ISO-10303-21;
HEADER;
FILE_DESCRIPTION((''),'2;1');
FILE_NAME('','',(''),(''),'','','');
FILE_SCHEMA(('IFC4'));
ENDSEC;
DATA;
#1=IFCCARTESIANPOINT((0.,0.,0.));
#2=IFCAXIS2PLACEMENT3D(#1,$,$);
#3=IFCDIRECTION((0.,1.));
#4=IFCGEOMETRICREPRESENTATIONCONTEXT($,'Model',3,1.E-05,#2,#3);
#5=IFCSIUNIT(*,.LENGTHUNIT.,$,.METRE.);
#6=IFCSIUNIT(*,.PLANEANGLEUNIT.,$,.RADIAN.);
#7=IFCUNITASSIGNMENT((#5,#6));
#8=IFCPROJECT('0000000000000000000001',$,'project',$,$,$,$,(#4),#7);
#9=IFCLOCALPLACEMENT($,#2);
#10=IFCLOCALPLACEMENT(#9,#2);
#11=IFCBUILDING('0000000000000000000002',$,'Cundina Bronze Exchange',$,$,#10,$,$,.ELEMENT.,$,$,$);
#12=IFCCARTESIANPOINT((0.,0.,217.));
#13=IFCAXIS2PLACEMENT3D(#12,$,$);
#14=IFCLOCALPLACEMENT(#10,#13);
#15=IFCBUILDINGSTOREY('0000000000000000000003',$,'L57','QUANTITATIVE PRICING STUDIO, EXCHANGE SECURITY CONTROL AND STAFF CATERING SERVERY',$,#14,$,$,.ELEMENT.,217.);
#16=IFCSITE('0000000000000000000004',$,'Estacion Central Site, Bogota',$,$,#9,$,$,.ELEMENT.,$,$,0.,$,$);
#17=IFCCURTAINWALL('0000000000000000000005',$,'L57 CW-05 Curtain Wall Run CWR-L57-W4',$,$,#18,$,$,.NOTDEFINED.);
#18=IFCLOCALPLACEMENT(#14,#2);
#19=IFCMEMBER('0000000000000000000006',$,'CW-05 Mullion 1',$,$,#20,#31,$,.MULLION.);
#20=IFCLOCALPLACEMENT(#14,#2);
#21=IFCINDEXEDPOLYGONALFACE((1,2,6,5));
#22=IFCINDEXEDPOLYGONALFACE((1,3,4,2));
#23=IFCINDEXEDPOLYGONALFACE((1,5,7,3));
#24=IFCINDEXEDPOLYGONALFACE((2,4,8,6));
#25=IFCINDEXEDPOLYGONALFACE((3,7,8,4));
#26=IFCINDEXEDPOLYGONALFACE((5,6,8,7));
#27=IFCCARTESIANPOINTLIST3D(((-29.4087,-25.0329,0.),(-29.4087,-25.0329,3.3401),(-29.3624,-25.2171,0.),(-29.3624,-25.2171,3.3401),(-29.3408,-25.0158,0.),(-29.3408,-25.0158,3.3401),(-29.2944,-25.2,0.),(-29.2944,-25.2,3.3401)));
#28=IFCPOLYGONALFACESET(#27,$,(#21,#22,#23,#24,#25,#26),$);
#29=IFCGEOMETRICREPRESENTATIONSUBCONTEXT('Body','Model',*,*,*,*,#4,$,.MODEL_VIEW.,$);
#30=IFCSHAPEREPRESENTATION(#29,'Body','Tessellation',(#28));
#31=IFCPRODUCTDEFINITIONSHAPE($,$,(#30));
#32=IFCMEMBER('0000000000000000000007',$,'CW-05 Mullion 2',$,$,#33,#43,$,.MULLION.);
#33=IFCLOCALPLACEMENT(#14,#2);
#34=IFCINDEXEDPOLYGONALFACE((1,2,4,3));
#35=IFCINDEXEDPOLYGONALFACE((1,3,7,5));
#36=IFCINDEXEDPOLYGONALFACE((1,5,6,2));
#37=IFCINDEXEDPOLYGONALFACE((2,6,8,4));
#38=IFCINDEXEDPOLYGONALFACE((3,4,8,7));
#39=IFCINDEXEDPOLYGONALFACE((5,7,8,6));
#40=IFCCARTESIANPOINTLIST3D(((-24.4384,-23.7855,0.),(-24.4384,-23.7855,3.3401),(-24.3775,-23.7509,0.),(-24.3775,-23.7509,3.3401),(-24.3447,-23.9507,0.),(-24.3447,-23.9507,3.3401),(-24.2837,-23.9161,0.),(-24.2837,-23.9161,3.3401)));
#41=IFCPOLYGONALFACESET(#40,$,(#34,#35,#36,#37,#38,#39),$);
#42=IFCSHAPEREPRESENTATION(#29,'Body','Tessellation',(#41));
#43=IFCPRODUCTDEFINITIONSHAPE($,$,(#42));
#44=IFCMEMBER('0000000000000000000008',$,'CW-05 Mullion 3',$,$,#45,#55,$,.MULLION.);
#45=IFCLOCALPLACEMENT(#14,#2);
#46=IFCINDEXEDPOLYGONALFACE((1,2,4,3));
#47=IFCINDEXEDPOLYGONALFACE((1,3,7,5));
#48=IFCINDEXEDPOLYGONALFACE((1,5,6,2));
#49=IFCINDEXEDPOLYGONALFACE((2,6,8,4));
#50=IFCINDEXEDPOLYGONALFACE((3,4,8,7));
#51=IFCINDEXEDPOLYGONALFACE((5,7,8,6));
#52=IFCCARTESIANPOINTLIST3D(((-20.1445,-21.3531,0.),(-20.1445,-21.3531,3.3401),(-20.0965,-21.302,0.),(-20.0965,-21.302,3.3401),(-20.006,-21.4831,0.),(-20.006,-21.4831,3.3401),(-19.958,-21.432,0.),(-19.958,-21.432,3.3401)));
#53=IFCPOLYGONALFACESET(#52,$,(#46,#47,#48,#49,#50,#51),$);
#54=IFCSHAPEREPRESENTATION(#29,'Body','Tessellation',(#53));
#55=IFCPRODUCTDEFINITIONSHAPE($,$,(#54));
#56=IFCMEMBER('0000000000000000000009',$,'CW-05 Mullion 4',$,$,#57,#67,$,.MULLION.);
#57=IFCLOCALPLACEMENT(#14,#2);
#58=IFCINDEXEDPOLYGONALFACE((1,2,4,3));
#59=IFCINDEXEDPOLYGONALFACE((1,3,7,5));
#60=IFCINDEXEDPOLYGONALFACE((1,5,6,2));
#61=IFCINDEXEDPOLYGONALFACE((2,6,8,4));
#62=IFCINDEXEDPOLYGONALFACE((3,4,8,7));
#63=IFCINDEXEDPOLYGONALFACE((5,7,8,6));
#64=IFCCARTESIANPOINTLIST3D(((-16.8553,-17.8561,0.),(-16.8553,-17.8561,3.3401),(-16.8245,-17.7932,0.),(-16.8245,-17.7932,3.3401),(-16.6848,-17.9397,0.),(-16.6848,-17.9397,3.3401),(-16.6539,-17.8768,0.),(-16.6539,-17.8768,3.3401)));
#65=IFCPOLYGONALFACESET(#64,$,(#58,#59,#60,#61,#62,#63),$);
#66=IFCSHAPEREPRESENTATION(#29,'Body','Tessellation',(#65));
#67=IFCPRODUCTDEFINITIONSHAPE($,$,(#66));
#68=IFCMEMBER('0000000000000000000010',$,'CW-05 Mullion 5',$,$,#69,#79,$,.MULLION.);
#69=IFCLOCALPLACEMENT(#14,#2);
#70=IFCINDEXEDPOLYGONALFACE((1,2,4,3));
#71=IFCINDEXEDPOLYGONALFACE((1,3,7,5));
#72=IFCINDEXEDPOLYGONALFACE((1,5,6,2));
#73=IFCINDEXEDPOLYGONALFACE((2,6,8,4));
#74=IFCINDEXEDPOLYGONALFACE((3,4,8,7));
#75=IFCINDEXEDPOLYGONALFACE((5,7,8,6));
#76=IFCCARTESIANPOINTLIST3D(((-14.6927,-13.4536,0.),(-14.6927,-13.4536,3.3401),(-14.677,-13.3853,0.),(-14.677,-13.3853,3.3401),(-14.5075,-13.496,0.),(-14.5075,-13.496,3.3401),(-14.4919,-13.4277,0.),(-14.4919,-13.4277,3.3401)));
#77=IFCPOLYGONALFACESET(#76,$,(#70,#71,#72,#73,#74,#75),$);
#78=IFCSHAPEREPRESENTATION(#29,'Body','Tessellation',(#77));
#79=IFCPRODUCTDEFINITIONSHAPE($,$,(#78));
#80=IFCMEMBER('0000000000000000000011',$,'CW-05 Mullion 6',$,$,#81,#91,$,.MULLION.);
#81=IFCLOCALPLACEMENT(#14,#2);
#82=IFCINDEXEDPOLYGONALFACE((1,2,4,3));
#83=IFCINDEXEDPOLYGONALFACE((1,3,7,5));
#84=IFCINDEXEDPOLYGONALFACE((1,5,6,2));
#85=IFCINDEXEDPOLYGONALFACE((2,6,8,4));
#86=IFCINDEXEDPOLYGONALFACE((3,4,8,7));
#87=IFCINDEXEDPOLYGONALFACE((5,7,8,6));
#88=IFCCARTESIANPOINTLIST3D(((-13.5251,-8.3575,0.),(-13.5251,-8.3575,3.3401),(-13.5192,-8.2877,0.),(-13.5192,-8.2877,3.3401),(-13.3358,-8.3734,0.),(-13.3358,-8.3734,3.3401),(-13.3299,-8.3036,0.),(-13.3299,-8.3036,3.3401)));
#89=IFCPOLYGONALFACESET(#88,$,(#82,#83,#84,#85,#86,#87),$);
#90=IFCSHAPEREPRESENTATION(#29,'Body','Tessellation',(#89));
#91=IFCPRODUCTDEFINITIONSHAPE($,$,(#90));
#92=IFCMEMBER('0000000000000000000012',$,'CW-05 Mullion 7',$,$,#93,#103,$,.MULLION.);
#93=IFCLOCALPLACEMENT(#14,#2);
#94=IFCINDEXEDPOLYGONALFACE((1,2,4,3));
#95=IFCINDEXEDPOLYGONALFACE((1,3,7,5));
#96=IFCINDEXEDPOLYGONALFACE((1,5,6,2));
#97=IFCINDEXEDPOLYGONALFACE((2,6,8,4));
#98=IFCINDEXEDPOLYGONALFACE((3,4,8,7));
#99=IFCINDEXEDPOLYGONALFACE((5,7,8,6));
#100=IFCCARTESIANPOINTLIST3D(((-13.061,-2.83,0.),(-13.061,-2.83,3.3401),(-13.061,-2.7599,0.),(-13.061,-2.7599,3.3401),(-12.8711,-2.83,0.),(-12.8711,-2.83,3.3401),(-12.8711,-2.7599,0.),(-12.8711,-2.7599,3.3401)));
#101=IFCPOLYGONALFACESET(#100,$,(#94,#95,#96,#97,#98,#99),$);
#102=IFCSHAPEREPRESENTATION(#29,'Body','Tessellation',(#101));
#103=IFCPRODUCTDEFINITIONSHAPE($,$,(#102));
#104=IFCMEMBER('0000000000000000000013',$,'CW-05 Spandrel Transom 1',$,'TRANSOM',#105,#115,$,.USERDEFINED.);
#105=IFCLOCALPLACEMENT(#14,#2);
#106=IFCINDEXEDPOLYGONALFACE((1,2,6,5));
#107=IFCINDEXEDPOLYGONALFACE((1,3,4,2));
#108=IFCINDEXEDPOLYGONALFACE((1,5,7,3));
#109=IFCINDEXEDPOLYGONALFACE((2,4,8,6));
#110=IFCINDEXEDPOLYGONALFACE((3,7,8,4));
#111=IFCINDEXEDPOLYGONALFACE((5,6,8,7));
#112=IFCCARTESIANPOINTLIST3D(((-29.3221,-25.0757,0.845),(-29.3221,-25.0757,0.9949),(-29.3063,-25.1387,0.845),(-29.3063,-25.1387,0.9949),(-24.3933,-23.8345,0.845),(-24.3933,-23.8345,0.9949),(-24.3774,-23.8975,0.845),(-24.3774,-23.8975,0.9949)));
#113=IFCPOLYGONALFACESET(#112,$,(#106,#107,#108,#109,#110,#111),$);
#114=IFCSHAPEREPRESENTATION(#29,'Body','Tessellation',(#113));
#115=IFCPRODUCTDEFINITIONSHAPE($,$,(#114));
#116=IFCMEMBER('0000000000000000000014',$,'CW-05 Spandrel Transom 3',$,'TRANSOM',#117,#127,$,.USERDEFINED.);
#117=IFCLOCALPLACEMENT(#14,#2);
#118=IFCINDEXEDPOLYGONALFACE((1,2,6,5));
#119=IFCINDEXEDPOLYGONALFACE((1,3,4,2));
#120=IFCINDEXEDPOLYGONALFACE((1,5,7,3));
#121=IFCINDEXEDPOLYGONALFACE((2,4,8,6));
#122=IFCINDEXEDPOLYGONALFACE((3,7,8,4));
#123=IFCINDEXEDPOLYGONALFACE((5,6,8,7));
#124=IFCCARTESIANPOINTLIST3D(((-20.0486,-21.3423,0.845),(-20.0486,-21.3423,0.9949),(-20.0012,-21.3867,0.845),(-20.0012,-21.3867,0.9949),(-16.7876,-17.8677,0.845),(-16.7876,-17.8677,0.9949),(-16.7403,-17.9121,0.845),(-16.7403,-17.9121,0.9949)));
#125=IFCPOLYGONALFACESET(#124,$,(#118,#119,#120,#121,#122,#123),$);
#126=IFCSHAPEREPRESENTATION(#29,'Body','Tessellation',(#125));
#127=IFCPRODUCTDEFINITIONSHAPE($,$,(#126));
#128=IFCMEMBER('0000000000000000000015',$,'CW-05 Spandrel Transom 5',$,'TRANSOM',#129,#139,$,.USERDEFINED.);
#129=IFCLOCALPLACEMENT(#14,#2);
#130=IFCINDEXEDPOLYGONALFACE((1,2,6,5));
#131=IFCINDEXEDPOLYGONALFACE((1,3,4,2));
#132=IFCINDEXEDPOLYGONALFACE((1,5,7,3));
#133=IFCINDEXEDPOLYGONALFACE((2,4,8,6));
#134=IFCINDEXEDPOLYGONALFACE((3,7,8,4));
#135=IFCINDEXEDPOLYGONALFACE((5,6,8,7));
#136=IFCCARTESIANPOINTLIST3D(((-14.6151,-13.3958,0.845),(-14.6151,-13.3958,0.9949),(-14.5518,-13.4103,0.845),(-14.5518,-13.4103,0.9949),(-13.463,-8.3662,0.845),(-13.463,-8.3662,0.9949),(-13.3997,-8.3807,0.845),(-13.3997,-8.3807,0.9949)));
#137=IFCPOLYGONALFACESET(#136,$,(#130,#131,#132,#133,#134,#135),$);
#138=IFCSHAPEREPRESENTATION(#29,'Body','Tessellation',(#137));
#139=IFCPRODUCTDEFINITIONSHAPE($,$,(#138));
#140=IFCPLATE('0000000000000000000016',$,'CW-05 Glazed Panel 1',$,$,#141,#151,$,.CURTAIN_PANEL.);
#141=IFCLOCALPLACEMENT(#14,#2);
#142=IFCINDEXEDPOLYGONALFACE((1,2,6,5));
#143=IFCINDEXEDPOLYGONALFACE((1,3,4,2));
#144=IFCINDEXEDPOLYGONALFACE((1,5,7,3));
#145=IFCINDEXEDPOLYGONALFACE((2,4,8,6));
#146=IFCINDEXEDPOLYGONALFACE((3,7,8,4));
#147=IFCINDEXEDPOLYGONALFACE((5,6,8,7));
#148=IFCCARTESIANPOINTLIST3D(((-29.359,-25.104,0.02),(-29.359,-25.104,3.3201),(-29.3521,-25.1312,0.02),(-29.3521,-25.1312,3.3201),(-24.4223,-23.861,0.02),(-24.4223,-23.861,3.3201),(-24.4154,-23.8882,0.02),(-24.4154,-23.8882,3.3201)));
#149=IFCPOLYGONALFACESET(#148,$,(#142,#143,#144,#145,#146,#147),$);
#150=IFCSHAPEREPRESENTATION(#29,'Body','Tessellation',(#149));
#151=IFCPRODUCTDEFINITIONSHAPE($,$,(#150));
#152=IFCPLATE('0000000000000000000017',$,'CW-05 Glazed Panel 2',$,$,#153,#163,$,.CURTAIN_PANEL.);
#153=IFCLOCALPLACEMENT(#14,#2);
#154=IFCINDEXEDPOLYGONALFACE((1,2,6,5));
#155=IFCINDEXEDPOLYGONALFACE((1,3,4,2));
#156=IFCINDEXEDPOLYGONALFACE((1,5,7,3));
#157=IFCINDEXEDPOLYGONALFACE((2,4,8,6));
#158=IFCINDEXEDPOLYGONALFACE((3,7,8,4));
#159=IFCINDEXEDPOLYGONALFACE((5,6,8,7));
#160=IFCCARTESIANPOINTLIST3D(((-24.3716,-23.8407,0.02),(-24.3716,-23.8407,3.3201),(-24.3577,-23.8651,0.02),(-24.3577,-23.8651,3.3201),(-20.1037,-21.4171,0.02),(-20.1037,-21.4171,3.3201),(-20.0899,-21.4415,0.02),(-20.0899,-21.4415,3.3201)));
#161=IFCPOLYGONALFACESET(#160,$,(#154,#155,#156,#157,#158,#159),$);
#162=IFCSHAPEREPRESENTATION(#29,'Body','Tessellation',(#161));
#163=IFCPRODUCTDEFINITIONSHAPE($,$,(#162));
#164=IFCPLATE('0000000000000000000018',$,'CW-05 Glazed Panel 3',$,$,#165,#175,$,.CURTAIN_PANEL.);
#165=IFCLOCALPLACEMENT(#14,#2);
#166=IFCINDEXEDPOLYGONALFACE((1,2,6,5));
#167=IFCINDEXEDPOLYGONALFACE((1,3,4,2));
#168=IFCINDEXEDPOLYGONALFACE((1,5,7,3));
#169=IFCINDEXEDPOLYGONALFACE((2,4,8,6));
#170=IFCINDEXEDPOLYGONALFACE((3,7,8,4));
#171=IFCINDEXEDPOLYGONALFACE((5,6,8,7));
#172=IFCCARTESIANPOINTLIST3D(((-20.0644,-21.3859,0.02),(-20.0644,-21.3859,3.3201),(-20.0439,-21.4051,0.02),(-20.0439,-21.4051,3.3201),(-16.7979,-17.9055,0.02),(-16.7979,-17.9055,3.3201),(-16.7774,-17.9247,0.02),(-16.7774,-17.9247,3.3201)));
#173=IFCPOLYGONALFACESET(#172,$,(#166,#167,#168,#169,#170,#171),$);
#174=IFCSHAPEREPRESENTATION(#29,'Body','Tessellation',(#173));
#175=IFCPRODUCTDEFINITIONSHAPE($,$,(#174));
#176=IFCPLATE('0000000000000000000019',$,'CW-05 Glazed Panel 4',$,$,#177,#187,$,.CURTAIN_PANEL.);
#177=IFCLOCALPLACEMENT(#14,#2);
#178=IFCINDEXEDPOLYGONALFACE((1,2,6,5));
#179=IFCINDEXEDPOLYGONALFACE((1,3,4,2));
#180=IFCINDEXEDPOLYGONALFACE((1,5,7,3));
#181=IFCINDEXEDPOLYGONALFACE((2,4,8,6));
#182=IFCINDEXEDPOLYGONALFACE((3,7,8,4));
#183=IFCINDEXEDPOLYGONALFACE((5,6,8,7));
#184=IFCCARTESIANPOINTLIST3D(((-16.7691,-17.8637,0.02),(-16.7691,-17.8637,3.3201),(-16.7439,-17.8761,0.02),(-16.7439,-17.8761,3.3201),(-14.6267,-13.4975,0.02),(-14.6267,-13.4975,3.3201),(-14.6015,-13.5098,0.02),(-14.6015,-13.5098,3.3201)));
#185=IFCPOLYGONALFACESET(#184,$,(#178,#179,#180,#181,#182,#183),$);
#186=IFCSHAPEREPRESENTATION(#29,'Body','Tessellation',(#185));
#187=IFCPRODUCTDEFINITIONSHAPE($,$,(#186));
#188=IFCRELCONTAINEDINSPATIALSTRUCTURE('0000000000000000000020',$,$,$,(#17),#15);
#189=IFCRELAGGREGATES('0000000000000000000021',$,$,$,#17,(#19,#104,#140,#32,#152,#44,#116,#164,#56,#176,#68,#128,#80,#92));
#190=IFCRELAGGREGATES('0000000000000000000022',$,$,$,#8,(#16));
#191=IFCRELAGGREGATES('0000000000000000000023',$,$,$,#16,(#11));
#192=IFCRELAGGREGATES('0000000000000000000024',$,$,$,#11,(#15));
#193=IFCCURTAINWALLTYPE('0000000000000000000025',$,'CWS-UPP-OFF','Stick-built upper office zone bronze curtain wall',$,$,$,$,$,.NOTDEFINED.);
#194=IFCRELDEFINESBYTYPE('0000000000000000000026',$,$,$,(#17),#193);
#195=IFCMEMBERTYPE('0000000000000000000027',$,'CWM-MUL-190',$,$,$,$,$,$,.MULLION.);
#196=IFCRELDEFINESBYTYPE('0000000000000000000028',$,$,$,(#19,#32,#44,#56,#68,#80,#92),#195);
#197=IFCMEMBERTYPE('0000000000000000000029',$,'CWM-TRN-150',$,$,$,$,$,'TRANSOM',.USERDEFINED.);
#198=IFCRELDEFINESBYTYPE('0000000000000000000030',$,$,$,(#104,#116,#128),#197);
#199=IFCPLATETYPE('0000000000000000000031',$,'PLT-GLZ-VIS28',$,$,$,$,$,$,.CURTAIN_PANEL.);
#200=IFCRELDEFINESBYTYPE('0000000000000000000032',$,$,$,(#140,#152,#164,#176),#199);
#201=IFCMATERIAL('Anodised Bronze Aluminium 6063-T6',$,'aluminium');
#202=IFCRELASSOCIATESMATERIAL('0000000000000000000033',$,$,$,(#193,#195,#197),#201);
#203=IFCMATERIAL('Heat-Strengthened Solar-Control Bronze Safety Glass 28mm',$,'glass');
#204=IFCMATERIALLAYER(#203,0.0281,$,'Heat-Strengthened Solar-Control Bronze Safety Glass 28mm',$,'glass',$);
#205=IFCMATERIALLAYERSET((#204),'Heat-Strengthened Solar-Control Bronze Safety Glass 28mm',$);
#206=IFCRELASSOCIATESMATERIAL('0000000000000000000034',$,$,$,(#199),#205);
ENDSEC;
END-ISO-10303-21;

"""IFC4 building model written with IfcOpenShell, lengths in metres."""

from ifc_helpers import new_model, si_unit, direction, frame, origin, origin_2d, place, context, subcontext, project, spatial, rectangle, extrude, material, layer, layer_set, material_profile, profile_set, type_object, element, aggregate, save


model = new_model("IFC4")

# Units and contexts
model_context = context("Model", 3, precision=1e-05, world=origin(), true_north=direction((0.0, 1.0)))
body_context = subcontext(model_context, "Body", "Model", "MODEL_VIEW")
ifc_project = project(units=[si_unit("LENGTHUNIT", "METRE"), si_unit("PLANEANGLEUNIT", "RADIAN")], contexts=[model_context])

# Site, building, storey
site_placement = place(None, origin())
site = spatial("IfcSite", under=ifc_project, at=site_placement, Name="Estacion Central Site, Bogota", CompositionType="ELEMENT", RefElevation=0.0)
building_placement = place(site_placement, origin())
building = spatial("IfcBuilding", under=site, at=building_placement, Name="Cundina Bronze Exchange", CompositionType="ELEMENT")
storey_placement = place(building_placement, frame((0.0, 0.0, 217.0)))
storey = spatial("IfcBuildingStorey", under=building, at=storey_placement, Name="L57", Description="QUANTITATIVE PRICING STUDIO, EXCHANGE SECURITY CONTROL AND STAFF CATERING SERVERY", CompositionType="ELEMENT", Elevation=217.0)

# Shared definitions
ifc_material_1 = material(Name="Anodised Bronze Aluminium 6063-T6", Category="aluminium")
curtain_wall_type = type_object("IfcCurtainWallType", Name="CWS-UPP-OFF", Description="Stick-built upper office zone bronze curtain wall", PredefinedType="NOTDEFINED", material=ifc_material_1)
ifc_material_profile_1 = material_profile(ifc_material_1, rectangle(XDim=0.0701, YDim=0.1899, at=origin_2d()), Name="AL70X190", Category="aluminium")
ifc_profile_set_1 = profile_set([ifc_material_profile_1], Name="Anodised Bronze Aluminium 6063-T6")
member_type_1 = type_object("IfcMemberType", Name="CWM-MUL-190", PredefinedType="MULLION", material=ifc_profile_set_1)

# Curtain wall, members, plates
curtain_wall_1_placement = place(storey_placement, origin())
curtain_wall_1 = element("IfcCurtainWall", 1, at=curtain_wall_1_placement, inside=storey, type_object=curtain_wall_type, Name="L57 CW-05 Curtain Wall Run CWR-L57-W4", PredefinedType="NOTDEFINED")
member_1_placement = place(storey_placement, frame((-29.3516, -25.1165, 0.0), z_axis=(0.0, 0.0, 1.0), x_axis=(0.969744, 0.244123, 0.0)))
member_1 = element("IfcMember", 2, at=member_1_placement, type_object=member_type_1, Name="CW-05 Mullion 1", PredefinedType="MULLION", context=body_context, shape_type="SweptSolid", body=[
    extrude(rectangle(XDim=0.0701, YDim=0.1899, at=origin_2d()), origin(), (0.0, 0.0, 1.0), 3.3401),
])
member_2_placement = place(storey_placement, frame((-24.3611, -23.8508, 0.0), z_axis=(0.0, 0.0, 1.0), x_axis=(0.869581, 0.49379, 0.0)))
member_2 = element("IfcMember", 3, at=member_2_placement, type_object=member_type_1, Name="CW-05 Mullion 2", PredefinedType="MULLION", context=body_context, shape_type="SweptSolid", body=[
    extrude(rectangle(XDim=0.0701, YDim=0.1899, at=origin_2d()), origin(), (0.0, 0.0, 1.0), 3.3401),
])
member_3_placement = place(storey_placement, frame((-20.0513, -21.3926, 0.0), z_axis=(0.0, 0.0, 1.0), x_axis=(0.684293, 0.729208, 0.0)))
member_3 = element("IfcMember", 4, at=member_3_placement, type_object=member_type_1, Name="CW-05 Mullion 3", PredefinedType="MULLION", context=body_context, shape_type="SweptSolid", body=[
    extrude(rectangle(XDim=0.0701, YDim=0.1899, at=origin_2d()), origin(), (0.0, 0.0, 1.0), 3.3401),
])
member_4_placement = place(storey_placement, frame((-16.7546, -17.8665, 0.0), z_axis=(0.0, 0.0, 1.0), x_axis=(0.440566, 0.89772, 0.0)))
member_4 = element("IfcMember", 5, at=member_4_placement, type_object=member_type_1, Name="CW-05 Mullion 4", PredefinedType="MULLION", context=body_context, shape_type="SweptSolid", body=[
    extrude(rectangle(XDim=0.0701, YDim=0.1899, at=origin_2d()), origin(), (0.0, 0.0, 1.0), 3.3401),
])
member_5_placement = place(storey_placement, frame((-14.5923, -13.4407, 0.0), z_axis=(0.0, 0.0, 1.0), x_axis=(0.22325, 0.974761, 0.0)))
member_5 = element("IfcMember", 6, at=member_5_placement, type_object=member_type_1, Name="CW-05 Mullion 5", PredefinedType="MULLION", context=body_context, shape_type="SweptSolid", body=[
    extrude(rectangle(XDim=0.0701, YDim=0.1899, at=origin_2d()), origin(), (0.0, 0.0, 1.0), 3.3401),
])
member_6_placement = place(storey_placement, frame((-13.4275, -8.3306, 0.0), z_axis=(0.0, 0.0, 1.0), x_axis=(0.083678, 0.996493, 0.0)))
member_6 = element("IfcMember", 7, at=member_6_placement, type_object=member_type_1, Name="CW-05 Mullion 6", PredefinedType="MULLION", context=body_context, shape_type="SweptSolid", body=[
    extrude(rectangle(XDim=0.0701, YDim=0.1899, at=origin_2d()), origin(), (0.0, 0.0, 1.0), 3.3401),
])
member_7_placement = place(storey_placement, frame((-12.9661, -2.7949, 0.0), z_axis=(0.0, 0.0, 1.0), x_axis=(0.0, 1.0, 0.0)))
member_7 = element("IfcMember", 8, at=member_7_placement, type_object=member_type_1, Name="CW-05 Mullion 7", PredefinedType="MULLION", context=body_context, shape_type="SweptSolid", body=[
    extrude(rectangle(XDim=0.0701, YDim=0.1899, at=origin_2d()), origin(), (0.0, 0.0, 1.0), 3.3401),
])
ifc_material_profile_2 = material_profile(ifc_material_1, rectangle(XDim=0.0649, YDim=0.1499, at=origin_2d()), Name="AL65X150", Category="aluminium")
ifc_profile_set_2 = profile_set([ifc_material_profile_2], Name="Anodised Bronze Aluminium 6063-T6")
member_type_2 = type_object("IfcMemberType", Name="CWM-TRN-150", ElementType="TRANSOM", PredefinedType="USERDEFINED", material=ifc_profile_set_2)
member_8_placement = place(storey_placement, frame((-29.3142, -25.1072, 0.9199), z_axis=(0.969726, 0.244197, 0.0), x_axis=(-0.244197, 0.969726, 0.0)))
member_8 = element("IfcMember", 9, at=member_8_placement, type_object=member_type_2, Name="CW-05 Spandrel Transom 1", ObjectType="TRANSOM", PredefinedType="USERDEFINED", context=body_context, shape_type="SweptSolid", body=[
    extrude(rectangle(XDim=0.0649, YDim=0.1499, at=origin_2d()), origin(), (0.0, 0.0, 1.0), 5.0828),
])
member_9_placement = place(storey_placement, frame((-20.0249, -21.3645, 0.9199), z_axis=(0.684336, 0.729166, 0.0), x_axis=(-0.729166, 0.684336, 0.0)))
member_9 = element("IfcMember", 10, at=member_9_placement, type_object=member_type_2, Name="CW-05 Spandrel Transom 3", ObjectType="TRANSOM", PredefinedType="USERDEFINED", context=body_context, shape_type="SweptSolid", body=[
    extrude(rectangle(XDim=0.0649, YDim=0.1499, at=origin_2d()), origin(), (0.0, 0.0, 1.0), 4.7651),
])
member_10_placement = place(storey_placement, frame((-14.5835, -13.4031, 0.9199), z_axis=(0.223283, 0.974754, 0.0), x_axis=(-0.974754, 0.223283, 0.0)))
member_10 = element("IfcMember", 11, at=member_10_placement, type_object=member_type_2, Name="CW-05 Spandrel Transom 5", ObjectType="TRANSOM", PredefinedType="USERDEFINED", context=body_context, shape_type="SweptSolid", body=[
    extrude(rectangle(XDim=0.0649, YDim=0.1499, at=origin_2d()), origin(), (0.0, 0.0, 1.0), 5.1599),
])
ifc_material_2 = material(Name="Heat-Strengthened Solar-Control Bronze Safety Glass 28mm", Category="glass")
ifc_layer_1 = layer(ifc_material_2, 0.0281, Name="Heat-Strengthened Solar-Control Bronze Safety Glass 28mm", Category="glass")
ifc_layer_set_1 = layer_set([ifc_layer_1], Name="Heat-Strengthened Solar-Control Bronze Safety Glass 28mm")
plate_type_1 = type_object("IfcPlateType", Name="PLT-GLZ-VIS28", PredefinedType="CURTAIN_PANEL", material=ifc_layer_set_1)
plate_1_placement = place(storey_placement, frame((-26.8872, -24.4961, 0.02), z_axis=(0.0, 0.0, 1.0), x_axis=(0.969732, 0.244174, 0.0)))
plate_1 = element("IfcPlate", 12, at=plate_1_placement, type_object=plate_type_1, Name="CW-05 Glazed Panel 1", PredefinedType="CURTAIN_PANEL", context=body_context, shape_type="SweptSolid", body=[
    extrude(rectangle(XDim=5.0908, YDim=0.0281, at=origin_2d()), origin(), (0.0, 0.0, 1.0), 3.3),
])
plate_2_placement = place(storey_placement, frame((-22.2307, -22.6411, 0.02), z_axis=(0.0, 0.0, 1.0), x_axis=(0.869573, 0.493805, 0.0)))
plate_2 = element("IfcPlate", 13, at=plate_2_placement, type_object=plate_type_1, Name="CW-05 Glazed Panel 2", PredefinedType="CURTAIN_PANEL", context=body_context, shape_type="SweptSolid", body=[
    extrude(rectangle(XDim=4.908, YDim=0.0281, at=origin_2d()), origin(), (0.0, 0.0, 1.0), 3.3),
])
plate_3_placement = place(storey_placement, frame((-18.4209, -19.6553, 0.02), z_axis=(0.0, 0.0, 1.0), x_axis=(0.684344, 0.72916, 0.0)))
plate_3 = element("IfcPlate", 14, at=plate_3_placement, type_object=plate_type_1, Name="CW-05 Glazed Panel 3", PredefinedType="CURTAIN_PANEL", context=body_context, shape_type="SweptSolid", body=[
    extrude(rectangle(XDim=4.7732, YDim=0.0281, at=origin_2d()), origin(), (0.0, 0.0, 1.0), 3.3),
])
plate_4_placement = place(storey_placement, frame((-15.6853, -15.6868, 0.02), z_axis=(0.0, 0.0, 1.0), x_axis=(0.440503, 0.897751, 0.0)))
plate_4 = element("IfcPlate", 15, at=plate_4_placement, type_object=plate_type_1, Name="CW-05 Glazed Panel 4", PredefinedType="CURTAIN_PANEL", context=body_context, shape_type="SweptSolid", body=[
    extrude(rectangle(XDim=4.8635, YDim=0.0281, at=origin_2d()), origin(), (0.0, 0.0, 1.0), 3.3),
])
aggregate(curtain_wall_1, [member_1, member_8, plate_1, member_2, plate_2, member_3, member_9, plate_3, member_4, plate_4, member_5, member_10, member_6, member_7])

save(model, "model.ifc")
